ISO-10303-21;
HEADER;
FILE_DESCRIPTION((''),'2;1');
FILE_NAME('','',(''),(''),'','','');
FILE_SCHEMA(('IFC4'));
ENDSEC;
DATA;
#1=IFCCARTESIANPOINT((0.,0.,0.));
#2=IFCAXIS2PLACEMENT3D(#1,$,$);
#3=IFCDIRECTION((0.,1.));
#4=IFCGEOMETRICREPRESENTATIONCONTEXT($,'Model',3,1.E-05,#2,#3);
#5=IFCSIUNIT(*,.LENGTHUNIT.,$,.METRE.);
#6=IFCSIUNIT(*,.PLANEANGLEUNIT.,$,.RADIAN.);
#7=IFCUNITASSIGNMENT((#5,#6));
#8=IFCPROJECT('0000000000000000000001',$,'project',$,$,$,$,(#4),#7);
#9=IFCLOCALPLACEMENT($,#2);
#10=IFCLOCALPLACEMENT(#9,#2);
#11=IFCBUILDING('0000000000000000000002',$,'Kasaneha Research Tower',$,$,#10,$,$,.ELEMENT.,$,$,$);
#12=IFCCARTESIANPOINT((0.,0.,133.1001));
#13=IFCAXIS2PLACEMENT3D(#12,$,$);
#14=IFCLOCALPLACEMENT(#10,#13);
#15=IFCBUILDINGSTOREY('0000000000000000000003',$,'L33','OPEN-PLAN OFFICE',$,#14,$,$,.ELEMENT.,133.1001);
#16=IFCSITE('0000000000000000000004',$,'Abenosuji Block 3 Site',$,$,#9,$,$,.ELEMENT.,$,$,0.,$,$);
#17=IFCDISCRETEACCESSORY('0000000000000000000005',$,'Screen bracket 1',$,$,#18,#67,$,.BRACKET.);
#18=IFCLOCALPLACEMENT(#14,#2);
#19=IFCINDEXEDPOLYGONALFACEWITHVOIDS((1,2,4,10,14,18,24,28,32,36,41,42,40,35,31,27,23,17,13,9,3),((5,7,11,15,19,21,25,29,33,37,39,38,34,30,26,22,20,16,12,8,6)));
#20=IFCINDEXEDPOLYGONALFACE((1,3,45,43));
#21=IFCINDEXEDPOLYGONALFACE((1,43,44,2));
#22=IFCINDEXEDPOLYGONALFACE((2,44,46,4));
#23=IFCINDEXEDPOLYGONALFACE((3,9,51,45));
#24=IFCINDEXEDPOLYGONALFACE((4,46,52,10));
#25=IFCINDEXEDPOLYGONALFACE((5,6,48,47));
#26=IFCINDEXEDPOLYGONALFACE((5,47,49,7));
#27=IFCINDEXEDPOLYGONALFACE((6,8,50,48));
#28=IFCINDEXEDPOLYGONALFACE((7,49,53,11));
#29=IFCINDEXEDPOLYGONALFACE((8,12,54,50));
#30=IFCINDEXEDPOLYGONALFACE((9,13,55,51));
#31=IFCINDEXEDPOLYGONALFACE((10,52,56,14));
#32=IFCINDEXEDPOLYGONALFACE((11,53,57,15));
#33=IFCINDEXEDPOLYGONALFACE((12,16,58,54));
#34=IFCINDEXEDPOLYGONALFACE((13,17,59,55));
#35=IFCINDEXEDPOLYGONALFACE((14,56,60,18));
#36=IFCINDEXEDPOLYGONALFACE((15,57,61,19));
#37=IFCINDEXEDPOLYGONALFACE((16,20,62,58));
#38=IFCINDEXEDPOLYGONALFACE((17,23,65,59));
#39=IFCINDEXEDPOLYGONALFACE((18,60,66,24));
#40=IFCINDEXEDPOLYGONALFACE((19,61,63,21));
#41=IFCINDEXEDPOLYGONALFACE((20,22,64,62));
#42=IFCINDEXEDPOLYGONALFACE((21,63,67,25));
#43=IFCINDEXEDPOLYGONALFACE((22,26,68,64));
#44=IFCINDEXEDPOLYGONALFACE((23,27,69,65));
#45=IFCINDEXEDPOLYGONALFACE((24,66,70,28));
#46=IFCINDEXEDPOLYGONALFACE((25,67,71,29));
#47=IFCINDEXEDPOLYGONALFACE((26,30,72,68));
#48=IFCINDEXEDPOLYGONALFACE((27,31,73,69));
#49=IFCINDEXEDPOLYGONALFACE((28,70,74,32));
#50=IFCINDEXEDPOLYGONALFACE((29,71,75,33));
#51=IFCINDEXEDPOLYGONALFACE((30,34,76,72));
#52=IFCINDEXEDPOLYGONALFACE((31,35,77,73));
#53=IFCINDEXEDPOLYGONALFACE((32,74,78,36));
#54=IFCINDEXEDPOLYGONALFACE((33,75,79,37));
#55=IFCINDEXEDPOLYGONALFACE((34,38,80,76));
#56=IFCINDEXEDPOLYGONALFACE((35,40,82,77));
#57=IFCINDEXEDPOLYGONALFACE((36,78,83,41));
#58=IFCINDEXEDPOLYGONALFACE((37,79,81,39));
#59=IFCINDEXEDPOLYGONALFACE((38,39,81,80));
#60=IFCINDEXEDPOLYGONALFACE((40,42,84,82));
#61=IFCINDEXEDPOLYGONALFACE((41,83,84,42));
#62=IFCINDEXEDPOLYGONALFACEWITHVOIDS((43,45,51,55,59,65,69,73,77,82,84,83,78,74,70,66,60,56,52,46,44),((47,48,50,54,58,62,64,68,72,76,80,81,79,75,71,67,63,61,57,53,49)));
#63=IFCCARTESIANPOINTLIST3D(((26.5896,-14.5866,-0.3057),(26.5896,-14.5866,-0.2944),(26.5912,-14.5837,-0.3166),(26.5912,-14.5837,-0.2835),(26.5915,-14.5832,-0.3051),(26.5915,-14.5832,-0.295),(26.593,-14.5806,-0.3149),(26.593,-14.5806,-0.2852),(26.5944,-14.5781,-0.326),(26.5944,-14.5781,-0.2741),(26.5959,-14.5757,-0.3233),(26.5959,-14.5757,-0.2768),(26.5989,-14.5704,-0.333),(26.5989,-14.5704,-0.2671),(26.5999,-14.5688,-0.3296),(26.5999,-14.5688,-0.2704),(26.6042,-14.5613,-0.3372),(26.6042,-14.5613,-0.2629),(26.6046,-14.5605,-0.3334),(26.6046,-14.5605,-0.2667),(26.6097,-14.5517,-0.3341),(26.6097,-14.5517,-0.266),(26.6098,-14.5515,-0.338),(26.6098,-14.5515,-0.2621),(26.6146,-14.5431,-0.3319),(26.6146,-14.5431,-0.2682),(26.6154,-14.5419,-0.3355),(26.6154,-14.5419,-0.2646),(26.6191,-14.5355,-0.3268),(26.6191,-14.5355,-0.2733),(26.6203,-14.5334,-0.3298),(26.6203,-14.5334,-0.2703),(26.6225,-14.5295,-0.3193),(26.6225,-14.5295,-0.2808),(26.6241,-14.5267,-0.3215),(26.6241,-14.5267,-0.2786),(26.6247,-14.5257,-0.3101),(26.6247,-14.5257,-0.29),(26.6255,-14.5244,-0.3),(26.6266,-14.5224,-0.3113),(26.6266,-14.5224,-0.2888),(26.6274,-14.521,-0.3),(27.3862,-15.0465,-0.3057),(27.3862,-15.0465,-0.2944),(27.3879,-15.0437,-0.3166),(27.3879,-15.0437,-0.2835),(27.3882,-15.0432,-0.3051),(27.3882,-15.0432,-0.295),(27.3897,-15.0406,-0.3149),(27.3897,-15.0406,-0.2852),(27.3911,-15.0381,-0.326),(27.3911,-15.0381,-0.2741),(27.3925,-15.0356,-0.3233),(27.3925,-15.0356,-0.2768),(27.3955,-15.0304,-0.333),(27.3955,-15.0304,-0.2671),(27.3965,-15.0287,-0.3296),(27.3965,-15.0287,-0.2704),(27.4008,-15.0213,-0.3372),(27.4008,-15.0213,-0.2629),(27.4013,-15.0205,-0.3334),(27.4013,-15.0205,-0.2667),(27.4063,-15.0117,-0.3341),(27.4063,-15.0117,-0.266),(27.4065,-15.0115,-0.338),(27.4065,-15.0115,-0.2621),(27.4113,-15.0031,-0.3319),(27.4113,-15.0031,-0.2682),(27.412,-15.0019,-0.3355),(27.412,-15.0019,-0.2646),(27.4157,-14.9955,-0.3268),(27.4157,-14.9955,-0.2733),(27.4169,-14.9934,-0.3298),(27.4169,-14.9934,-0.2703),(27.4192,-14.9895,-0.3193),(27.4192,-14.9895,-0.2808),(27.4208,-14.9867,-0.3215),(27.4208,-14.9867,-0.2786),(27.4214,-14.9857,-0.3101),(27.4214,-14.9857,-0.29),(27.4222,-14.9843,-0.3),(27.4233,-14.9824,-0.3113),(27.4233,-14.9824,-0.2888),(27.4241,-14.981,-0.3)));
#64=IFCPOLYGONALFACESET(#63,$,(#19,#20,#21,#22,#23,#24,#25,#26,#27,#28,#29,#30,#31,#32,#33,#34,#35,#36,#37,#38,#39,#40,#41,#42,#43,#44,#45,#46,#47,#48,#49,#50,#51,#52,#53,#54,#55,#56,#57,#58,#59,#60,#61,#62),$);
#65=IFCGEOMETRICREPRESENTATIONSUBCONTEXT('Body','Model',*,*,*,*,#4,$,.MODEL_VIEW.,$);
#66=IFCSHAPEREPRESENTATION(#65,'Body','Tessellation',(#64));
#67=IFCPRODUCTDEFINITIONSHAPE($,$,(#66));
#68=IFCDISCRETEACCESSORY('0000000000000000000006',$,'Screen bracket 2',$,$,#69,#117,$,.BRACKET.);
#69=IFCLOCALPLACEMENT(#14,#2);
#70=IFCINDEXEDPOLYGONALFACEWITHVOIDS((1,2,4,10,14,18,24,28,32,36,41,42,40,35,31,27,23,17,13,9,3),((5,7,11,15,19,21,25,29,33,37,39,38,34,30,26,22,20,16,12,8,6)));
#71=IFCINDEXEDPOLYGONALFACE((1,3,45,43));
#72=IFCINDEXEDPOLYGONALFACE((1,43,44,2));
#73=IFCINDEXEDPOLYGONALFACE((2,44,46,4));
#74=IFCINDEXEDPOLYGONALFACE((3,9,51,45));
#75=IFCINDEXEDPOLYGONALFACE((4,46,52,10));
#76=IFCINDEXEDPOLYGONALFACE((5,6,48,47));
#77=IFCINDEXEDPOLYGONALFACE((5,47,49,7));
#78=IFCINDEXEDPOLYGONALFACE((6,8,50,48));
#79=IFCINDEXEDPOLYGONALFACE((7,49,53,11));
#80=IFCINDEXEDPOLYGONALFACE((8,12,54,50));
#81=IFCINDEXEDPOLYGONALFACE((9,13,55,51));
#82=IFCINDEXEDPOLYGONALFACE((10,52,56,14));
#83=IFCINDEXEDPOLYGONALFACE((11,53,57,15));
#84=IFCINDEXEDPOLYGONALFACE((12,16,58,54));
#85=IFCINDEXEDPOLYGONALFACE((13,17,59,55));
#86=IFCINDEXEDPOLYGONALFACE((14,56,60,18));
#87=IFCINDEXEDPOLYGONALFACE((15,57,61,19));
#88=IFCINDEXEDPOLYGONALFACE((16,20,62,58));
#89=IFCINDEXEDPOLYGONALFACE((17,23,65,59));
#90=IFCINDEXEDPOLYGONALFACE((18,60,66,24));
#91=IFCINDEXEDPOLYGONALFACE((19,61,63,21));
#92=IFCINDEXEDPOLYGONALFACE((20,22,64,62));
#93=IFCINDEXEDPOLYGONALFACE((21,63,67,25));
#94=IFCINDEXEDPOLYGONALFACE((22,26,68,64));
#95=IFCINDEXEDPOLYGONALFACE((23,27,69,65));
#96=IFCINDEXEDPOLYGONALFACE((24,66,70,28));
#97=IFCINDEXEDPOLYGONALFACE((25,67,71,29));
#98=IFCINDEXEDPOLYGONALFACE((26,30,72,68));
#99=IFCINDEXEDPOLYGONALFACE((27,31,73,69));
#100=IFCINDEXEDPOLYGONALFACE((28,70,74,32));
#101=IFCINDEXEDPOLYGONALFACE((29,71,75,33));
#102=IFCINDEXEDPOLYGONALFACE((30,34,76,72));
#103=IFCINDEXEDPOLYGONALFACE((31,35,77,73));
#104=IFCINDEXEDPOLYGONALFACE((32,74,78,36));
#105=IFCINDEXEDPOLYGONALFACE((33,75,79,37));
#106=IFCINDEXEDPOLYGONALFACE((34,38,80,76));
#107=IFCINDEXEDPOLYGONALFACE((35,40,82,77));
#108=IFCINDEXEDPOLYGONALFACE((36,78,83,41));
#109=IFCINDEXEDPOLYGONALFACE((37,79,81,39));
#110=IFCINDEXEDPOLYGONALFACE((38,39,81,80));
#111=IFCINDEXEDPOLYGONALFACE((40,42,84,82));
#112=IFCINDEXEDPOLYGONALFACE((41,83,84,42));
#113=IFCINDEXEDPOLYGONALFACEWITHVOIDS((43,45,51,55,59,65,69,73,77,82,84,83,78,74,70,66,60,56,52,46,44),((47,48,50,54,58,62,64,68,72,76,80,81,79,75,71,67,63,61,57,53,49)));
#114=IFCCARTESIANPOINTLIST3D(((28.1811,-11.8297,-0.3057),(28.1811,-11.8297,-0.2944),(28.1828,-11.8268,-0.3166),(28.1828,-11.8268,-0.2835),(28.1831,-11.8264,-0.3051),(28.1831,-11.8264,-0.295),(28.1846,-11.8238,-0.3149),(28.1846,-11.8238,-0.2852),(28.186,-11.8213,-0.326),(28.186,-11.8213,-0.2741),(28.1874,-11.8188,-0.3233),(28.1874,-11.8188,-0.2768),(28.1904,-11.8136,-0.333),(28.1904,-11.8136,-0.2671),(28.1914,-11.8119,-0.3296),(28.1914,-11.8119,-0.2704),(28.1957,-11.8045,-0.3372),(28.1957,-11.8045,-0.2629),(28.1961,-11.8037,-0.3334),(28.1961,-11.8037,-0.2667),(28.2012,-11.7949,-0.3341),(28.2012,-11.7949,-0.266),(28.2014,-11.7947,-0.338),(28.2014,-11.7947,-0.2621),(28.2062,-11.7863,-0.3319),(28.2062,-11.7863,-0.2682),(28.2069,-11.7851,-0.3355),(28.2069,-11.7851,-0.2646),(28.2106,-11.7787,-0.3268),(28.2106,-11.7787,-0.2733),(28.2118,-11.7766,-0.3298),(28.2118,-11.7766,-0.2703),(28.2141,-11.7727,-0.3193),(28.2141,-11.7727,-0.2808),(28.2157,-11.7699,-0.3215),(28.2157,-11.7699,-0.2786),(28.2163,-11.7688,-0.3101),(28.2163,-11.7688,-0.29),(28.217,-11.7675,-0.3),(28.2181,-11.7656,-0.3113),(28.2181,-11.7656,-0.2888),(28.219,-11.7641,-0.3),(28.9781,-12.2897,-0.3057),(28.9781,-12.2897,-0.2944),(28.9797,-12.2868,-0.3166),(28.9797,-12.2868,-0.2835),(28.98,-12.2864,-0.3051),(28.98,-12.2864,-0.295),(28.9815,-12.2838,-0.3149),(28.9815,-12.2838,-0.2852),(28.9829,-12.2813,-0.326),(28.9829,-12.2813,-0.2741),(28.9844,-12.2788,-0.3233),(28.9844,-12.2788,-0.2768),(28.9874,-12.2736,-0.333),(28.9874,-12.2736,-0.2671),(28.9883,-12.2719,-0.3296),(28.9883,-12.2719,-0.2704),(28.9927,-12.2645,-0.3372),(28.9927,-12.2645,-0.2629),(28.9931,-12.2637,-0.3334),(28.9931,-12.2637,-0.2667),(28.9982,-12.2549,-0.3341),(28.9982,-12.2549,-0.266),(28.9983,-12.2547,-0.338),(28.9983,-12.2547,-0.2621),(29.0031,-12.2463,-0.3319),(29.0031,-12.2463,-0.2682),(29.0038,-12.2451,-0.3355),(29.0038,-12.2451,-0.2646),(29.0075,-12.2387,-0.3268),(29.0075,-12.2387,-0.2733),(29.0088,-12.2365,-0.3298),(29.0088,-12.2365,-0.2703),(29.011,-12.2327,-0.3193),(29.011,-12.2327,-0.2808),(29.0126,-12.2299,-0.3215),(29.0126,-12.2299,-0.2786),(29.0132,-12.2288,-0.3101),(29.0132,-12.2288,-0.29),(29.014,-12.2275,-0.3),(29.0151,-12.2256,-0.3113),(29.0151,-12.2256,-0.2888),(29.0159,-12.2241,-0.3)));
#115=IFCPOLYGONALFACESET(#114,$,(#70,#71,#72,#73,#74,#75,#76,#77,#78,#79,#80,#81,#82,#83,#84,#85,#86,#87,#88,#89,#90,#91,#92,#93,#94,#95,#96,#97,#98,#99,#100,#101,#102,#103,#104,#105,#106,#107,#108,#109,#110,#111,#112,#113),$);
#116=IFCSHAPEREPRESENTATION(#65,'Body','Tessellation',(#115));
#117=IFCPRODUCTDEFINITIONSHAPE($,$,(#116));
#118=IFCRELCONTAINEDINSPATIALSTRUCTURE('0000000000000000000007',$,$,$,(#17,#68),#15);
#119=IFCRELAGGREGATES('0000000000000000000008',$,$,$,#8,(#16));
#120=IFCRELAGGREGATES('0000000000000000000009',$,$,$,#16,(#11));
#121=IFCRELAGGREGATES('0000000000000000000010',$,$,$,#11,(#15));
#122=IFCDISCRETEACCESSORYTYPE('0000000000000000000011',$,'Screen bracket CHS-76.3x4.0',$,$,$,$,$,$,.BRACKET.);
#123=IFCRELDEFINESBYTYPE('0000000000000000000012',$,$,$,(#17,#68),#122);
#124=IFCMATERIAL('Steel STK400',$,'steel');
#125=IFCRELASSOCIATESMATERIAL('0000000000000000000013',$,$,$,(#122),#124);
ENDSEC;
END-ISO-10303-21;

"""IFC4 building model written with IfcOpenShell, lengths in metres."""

from ifc_helpers import new_model, si_unit, direction, frame, origin, origin_2d, place, context, subcontext, project, spatial, hollow_circle, extrude, material, material_profile, profile_set, type_object, element, save


model = new_model("IFC4")

# Units and contexts
model_context = context("Model", 3, precision=1e-05, world=origin(), true_north=direction((0.0, 1.0)))
body_context = subcontext(model_context, "Body", "Model", "MODEL_VIEW")
ifc_project = project(units=[si_unit("LENGTHUNIT", "METRE"), si_unit("PLANEANGLEUNIT", "RADIAN")], contexts=[model_context])

# Site, building, storey
site_placement = place(None, origin())
site = spatial("IfcSite", under=ifc_project, at=site_placement, Name="Abenosuji Block 3 Site", CompositionType="ELEMENT", RefElevation=0.0)
building_placement = place(site_placement, origin())
building = spatial("IfcBuilding", under=site, at=building_placement, Name="Kasaneha Research Tower", CompositionType="ELEMENT")
storey_placement = place(building_placement, frame((0.0, 0.0, 133.1001)))
storey = spatial("IfcBuildingStorey", under=building, at=storey_placement, Name="L33", Description="OPEN-PLAN OFFICE", CompositionType="ELEMENT", Elevation=133.1001)

# Discrete accessories
ifc_material_1 = material(Name="Steel STK400", Category="steel")
ifc_material_profile_1 = material_profile(ifc_material_1, hollow_circle(Radius=0.0381, WallThickness=0.0039, at=origin_2d()), Name="CHS-76.3x4.0")
ifc_profile_set_1 = profile_set([ifc_material_profile_1], Name="Steel STK400")
discrete_accessory_type = type_object("IfcDiscreteAccessoryType", Name="Screen bracket CHS-76.3x4.0", PredefinedType="BRACKET", material=ifc_profile_set_1)
for number, where, z_axis, x_axis, name in (
    (1, (26.6084, -14.554, -0.3), (0.866013, -0.500021, 0.0), (0.500021, 0.866013, 0.0), "Screen bracket 1"),
):
    element("IfcDiscreteAccessory", number, at=place(storey_placement, frame(where, z_axis=z_axis, x_axis=x_axis)), inside=storey, type_object=discrete_accessory_type, Name=name, PredefinedType="BRACKET", context=body_context, shape_type="SweptSolid", body=[
        extrude(hollow_circle(Radius=0.0381, WallThickness=0.0039, at=origin_2d()), origin(), (0.0, 0.0, 1.0), 0.9199),
    ])
discrete_accessory_1_placement = place(storey_placement, frame((28.2, -11.7971, -0.3), z_axis=(0.86608, -0.499906, 0.0), x_axis=(0.499906, 0.86608, 0.0)))
element("IfcDiscreteAccessory", 2, at=discrete_accessory_1_placement, inside=storey, type_object=discrete_accessory_type, Name="Screen bracket 2", PredefinedType="BRACKET", context=body_context, shape_type="SweptSolid", body=[
    extrude(hollow_circle(Radius=0.0381, WallThickness=0.0039, at=origin_2d()), origin(), (0.0, 0.0, 1.0), 0.9202),
])

save(model, "model.ifc")
